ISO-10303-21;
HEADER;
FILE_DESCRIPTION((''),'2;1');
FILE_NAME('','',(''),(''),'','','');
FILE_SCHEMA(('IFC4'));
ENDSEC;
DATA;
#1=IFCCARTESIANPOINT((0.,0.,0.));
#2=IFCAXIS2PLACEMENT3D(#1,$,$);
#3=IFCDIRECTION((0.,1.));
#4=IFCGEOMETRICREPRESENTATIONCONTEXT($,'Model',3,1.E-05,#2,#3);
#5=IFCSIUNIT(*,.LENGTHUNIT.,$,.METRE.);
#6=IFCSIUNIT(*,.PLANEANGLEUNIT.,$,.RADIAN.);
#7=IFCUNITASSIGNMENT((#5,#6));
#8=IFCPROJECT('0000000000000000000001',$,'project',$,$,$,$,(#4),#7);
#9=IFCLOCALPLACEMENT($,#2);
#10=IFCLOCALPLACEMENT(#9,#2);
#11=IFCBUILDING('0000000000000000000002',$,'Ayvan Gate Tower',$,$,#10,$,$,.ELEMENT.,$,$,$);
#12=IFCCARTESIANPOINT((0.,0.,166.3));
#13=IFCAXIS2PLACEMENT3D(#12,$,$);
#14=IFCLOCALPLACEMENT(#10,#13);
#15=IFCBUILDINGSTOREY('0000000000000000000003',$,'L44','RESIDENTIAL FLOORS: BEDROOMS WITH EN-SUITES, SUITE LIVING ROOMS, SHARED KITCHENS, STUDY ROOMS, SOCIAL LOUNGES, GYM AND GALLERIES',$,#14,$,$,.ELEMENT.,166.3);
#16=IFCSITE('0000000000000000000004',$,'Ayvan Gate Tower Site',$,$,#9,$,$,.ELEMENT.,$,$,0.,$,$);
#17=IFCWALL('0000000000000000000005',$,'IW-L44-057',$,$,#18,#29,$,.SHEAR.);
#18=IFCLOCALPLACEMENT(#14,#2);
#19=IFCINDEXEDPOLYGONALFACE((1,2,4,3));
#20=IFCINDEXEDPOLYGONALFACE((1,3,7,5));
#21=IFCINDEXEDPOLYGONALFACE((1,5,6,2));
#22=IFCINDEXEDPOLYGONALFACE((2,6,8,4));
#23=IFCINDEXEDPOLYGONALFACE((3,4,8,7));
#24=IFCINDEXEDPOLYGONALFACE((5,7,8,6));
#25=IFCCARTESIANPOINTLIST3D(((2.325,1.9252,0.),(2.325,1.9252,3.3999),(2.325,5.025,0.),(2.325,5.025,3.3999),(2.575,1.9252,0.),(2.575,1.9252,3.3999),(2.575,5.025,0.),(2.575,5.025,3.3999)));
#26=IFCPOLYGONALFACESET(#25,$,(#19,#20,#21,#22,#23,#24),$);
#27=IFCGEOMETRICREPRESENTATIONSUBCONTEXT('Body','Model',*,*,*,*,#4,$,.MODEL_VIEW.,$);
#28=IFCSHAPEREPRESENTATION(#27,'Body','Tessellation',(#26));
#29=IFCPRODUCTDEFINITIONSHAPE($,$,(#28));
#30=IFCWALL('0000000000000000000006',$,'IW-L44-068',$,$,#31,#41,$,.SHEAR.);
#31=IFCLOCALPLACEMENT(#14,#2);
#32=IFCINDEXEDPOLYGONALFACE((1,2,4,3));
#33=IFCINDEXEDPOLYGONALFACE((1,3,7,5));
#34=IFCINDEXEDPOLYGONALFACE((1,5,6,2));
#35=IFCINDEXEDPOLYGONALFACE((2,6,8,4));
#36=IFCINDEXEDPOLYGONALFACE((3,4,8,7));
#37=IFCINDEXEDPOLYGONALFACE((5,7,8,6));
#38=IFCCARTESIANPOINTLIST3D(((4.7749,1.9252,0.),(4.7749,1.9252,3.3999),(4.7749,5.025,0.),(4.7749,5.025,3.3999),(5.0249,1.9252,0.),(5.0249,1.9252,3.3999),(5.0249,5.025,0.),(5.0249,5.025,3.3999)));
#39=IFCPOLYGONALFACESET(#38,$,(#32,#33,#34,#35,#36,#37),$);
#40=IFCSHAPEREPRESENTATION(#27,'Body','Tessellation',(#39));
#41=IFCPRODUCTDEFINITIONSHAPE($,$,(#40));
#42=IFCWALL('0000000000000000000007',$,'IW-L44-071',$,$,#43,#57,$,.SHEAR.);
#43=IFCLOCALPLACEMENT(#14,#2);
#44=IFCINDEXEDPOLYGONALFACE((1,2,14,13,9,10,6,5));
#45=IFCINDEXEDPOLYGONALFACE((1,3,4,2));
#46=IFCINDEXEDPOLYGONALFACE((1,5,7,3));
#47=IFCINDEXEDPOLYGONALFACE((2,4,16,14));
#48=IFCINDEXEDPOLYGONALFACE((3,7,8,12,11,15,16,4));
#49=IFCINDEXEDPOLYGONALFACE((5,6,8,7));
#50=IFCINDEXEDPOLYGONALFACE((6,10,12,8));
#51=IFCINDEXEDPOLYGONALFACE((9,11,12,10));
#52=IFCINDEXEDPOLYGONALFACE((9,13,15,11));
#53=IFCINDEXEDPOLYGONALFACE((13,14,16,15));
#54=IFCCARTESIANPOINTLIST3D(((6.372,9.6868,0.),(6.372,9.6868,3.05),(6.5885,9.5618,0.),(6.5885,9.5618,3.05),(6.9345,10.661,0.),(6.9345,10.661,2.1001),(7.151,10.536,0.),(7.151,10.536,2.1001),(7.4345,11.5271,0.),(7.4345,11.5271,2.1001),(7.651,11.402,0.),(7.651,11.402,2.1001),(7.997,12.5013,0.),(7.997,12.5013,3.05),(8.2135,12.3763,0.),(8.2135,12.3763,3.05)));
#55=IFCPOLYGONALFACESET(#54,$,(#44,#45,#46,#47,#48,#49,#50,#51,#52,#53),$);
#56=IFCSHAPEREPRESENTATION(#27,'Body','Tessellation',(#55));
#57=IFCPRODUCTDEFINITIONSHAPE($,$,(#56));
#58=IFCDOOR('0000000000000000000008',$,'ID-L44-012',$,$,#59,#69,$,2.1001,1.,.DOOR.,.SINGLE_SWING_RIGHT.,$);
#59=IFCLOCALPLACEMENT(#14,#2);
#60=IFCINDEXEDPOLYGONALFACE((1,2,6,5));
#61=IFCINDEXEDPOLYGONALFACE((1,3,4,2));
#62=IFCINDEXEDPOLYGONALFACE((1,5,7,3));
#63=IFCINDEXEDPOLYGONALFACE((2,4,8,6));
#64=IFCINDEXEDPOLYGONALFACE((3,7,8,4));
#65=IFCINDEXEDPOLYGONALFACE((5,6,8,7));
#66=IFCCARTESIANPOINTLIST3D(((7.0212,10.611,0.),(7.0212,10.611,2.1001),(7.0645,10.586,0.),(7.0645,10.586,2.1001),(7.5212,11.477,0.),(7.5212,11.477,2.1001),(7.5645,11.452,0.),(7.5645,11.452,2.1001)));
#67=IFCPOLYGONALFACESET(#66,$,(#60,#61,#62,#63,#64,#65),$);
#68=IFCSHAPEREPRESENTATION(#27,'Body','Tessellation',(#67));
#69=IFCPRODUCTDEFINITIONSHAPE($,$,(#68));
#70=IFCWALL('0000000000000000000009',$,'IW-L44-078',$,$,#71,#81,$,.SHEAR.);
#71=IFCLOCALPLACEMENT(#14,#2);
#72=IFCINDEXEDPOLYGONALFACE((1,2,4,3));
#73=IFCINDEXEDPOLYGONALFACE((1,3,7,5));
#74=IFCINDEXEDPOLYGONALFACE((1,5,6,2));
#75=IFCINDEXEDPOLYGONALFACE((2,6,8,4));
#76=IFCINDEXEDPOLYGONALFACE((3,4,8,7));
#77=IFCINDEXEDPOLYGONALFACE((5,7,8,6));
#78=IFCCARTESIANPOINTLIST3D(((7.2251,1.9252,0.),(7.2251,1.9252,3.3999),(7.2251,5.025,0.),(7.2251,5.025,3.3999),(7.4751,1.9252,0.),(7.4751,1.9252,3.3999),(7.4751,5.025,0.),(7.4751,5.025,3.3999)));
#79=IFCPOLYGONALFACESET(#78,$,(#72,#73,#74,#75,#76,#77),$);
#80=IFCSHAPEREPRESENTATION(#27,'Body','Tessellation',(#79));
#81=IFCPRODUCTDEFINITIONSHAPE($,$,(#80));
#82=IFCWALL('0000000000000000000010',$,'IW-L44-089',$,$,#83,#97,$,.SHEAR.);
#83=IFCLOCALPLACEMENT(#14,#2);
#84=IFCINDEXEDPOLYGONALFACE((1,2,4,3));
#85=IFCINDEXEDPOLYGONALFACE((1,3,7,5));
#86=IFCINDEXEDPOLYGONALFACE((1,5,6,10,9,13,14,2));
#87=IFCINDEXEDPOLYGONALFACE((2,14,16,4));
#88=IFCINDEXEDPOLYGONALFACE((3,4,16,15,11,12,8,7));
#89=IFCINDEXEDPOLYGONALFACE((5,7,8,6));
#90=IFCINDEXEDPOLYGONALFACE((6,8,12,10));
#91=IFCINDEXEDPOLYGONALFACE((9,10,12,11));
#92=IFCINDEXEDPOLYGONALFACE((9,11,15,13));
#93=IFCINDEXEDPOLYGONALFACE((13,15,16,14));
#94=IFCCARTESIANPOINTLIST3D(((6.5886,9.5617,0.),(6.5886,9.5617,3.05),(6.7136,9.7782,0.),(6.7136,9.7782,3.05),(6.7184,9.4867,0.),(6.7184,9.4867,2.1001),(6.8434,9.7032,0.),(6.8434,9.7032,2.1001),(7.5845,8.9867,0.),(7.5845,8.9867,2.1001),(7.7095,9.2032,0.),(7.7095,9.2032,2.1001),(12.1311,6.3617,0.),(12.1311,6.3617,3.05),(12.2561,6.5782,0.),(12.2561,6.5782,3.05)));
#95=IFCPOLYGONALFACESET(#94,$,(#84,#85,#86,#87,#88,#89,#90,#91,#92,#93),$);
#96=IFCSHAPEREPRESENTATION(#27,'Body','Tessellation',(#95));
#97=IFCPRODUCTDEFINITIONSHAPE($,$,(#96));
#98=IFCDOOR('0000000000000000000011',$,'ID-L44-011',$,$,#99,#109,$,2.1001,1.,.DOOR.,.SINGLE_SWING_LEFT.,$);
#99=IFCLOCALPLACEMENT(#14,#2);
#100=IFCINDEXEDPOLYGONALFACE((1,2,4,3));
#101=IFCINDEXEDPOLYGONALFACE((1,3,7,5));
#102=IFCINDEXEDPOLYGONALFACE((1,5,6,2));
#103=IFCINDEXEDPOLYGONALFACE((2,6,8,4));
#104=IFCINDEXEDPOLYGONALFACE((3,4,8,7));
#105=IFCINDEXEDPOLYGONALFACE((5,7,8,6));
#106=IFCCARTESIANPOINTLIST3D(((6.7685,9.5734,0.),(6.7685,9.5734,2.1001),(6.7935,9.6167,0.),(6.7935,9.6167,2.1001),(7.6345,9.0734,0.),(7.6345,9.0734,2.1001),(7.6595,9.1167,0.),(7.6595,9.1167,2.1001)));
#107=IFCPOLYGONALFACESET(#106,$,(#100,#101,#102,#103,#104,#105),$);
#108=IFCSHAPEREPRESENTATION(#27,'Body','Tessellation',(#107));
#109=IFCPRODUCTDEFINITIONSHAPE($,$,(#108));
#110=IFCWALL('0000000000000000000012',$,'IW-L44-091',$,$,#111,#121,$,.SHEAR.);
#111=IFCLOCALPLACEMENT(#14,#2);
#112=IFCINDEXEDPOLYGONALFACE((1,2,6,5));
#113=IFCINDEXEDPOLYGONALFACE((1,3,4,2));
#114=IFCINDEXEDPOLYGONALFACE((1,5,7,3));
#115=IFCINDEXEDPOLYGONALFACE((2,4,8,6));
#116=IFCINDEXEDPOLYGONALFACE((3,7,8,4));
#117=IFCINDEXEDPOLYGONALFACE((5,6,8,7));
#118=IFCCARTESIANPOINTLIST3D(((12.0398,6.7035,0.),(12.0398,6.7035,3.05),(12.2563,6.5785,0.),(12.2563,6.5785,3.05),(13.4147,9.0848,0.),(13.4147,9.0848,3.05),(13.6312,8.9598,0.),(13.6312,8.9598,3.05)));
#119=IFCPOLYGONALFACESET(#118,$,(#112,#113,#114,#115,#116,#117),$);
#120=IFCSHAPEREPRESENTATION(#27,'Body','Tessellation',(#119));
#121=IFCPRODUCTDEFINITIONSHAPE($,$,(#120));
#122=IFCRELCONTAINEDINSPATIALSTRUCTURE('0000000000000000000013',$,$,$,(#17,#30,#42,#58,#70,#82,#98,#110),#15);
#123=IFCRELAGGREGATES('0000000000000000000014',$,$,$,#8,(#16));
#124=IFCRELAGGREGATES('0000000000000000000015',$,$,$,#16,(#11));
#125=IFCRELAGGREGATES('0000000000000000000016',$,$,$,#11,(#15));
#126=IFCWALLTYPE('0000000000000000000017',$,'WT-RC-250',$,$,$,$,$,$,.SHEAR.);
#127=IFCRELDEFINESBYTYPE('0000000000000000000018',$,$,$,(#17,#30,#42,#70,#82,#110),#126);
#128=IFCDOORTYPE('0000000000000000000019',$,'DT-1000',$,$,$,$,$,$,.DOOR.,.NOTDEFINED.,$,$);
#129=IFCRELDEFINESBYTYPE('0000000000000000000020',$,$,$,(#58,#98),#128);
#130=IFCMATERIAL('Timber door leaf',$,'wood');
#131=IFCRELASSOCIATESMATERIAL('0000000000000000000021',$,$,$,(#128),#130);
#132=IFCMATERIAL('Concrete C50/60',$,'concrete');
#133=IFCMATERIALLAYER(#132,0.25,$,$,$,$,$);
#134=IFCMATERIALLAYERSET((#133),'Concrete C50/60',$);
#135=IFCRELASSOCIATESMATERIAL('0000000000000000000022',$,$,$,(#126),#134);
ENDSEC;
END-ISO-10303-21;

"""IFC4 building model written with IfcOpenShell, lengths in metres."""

from ifc_helpers import new_model, si_unit, direction, frame, frame_2d, origin, place, context, subcontext, project, spatial, rectangle, extrude, material, layer, layer_set, type_object, element, fill, save


model = new_model("IFC4")

# Units and contexts
model_context = context("Model", 3, precision=1e-05, world=origin(), true_north=direction((0.0, 1.0)))
body_context = subcontext(model_context, "Body", "Model", "MODEL_VIEW")
ifc_project = project(units=[si_unit("LENGTHUNIT", "METRE"), si_unit("PLANEANGLEUNIT", "RADIAN")], contexts=[model_context])

# Site, building, storey
site_placement = place(None, origin())
site = spatial("IfcSite", under=ifc_project, at=site_placement, Name="Ayvan Gate Tower Site", CompositionType="ELEMENT", RefElevation=0.0)
building_placement = place(site_placement, origin())
building = spatial("IfcBuilding", under=site, at=building_placement, Name="Ayvan Gate Tower", CompositionType="ELEMENT")
storey_placement = place(building_placement, frame((0.0, 0.0, 166.3)))
storey = spatial("IfcBuildingStorey", under=building, at=storey_placement, Name="L44", Description="RESIDENTIAL FLOORS: BEDROOMS WITH EN-SUITES, SUITE LIVING ROOMS, SHARED KITCHENS, STUDY ROOMS, SOCIAL LOUNGES, GYM AND GALLERIES", CompositionType="ELEMENT", Elevation=166.3)

# Shared definitions
ifc_material_1 = material(Name="Timber door leaf", Category="wood")

# Shared definitions
door_type_1 = type_object("IfcDoorType", Name="DT-1000", OperationType="NOTDEFINED", PredefinedType="DOOR", material=ifc_material_1)

# Walls
ifc_material_2 = material(Name="Concrete C50/60", Category="concrete")
ifc_layer_1 = layer(ifc_material_2, 0.25)
ifc_layer_set_1 = layer_set([ifc_layer_1], Name="Concrete C50/60")
wall_type_1 = type_object("IfcWallType", Name="WT-RC-250", PredefinedType="SHEAR", material=ifc_layer_set_1)
for number, where, z_axis, x_axis, name in (
    (1, (2.45, 5.0249, 0.0), (0.0, 0.0, 1.0), (0.0, -1.0, 0.0), "IW-L44-057"),
    (2, (4.8999, 5.0249, 0.0), (0.0, 0.0, 1.0), (0.0, -1.0, 0.0), "IW-L44-068"),
):
    element("IfcWall", number, at=place(storey_placement, frame(where, z_axis=z_axis, x_axis=x_axis)), inside=storey, type_object=wall_type_1, Name=name, PredefinedType="SHEAR", context=body_context, shape_type="SweptSolid", body=[
        extrude(rectangle(XDim=3.0999, YDim=0.25, at=frame_2d((1.5498, 0.0))), origin(), (0.0, 0.0, 1.0), 3.3999),
    ])

# Wall, opening, door
wall_1_placement = place(storey_placement, frame((6.4802, 9.6243, 0.0), z_axis=(0.0, 0.0, 1.0), x_axis=(0.500017, 0.866015, 0.0)))
wall_1 = element("IfcWall", 3, at=wall_1_placement, inside=storey, type_object=wall_type_1, Name="IW-L44-071", PredefinedType="SHEAR", context=body_context, shape_type="SweptSolid", body=[
    extrude(rectangle(XDim=3.25, YDim=0.25, at=frame_2d((1.625, 0.0))), origin(), (0.0, 0.0, 1.0), 3.05),
])
opening_1_placement = place(wall_1_placement, frame((1.125, 0.0, 0.0)))
opening_1 = element("IfcOpeningElement", 4, at=opening_1_placement, cuts=wall_1, PredefinedType="OPENING", context=body_context, shape_type="SweptSolid", body=[
    extrude(rectangle(XDim=1.0, YDim=2.1001, at=frame_2d((0.5, 1.05))), frame((0.0, 0.135, 0.0), z_axis=(0.0, -1.0, 0.0), x_axis=(1.0, 0.0, 0.0)), (0.0, 0.0, 1.0), 0.27),
])
door_1_placement = place(opening_1_placement, origin())
door_1 = element("IfcDoor", 5, at=door_1_placement, inside=storey, type_object=door_type_1, Name="ID-L44-012", OperationType="SINGLE_SWING_RIGHT", OverallHeight=2.1001, OverallWidth=1.0, PredefinedType="DOOR", context=body_context, shape_type="SweptSolid", body=[
    extrude(rectangle(XDim=1.0, YDim=2.1001, at=frame_2d((0.5, 1.05))), frame((0.0, 0.0249, 0.0), z_axis=(0.0, -1.0, 0.0), x_axis=(1.0, 0.0, 0.0)), (0.0, 0.0, 1.0), 0.05),
])
fill(opening_1, door_1)

# Wall
wall_2_placement = place(storey_placement, frame((7.3501, 5.0249, 0.0), z_axis=(0.0, 0.0, 1.0), x_axis=(0.0, -1.0, 0.0)))
element("IfcWall", 6, at=wall_2_placement, inside=storey, type_object=wall_type_1, Name="IW-L44-078", PredefinedType="SHEAR", context=body_context, shape_type="SweptSolid", body=[
    extrude(rectangle(XDim=3.0999, YDim=0.25, at=frame_2d((1.5498, 0.0))), origin(), (0.0, 0.0, 1.0), 3.3999),
])

# Wall, opening, door
wall_3_placement = place(storey_placement, frame((12.1936, 6.47, 0.0), z_axis=(0.0, 0.0, 1.0), x_axis=(-0.866025, 0.5, 0.0)))
wall_3 = element("IfcWall", 7, at=wall_3_placement, inside=storey, type_object=wall_type_1, Name="IW-L44-089", PredefinedType="SHEAR", context=body_context, shape_type="SweptSolid", body=[
    extrude(rectangle(XDim=6.3999, YDim=0.25, at=frame_2d((3.2, 0.0))), origin(), (0.0, 0.0, 1.0), 3.05),
])
opening_2_placement = place(wall_3_placement, frame((5.25, 0.0, 0.0)))
opening_2 = element("IfcOpeningElement", 8, at=opening_2_placement, cuts=wall_3, PredefinedType="OPENING", context=body_context, shape_type="SweptSolid", body=[
    extrude(rectangle(XDim=1.0, YDim=2.1001, at=frame_2d((0.5, 1.05))), frame((0.0, 0.135, 0.0), z_axis=(0.0, -1.0, 0.0), x_axis=(1.0, 0.0, 0.0)), (0.0, 0.0, 1.0), 0.27),
])
door_2_placement = place(opening_2_placement, origin())
door_2 = element("IfcDoor", 9, at=door_2_placement, inside=storey, type_object=door_type_1, Name="ID-L44-011", OperationType="SINGLE_SWING_LEFT", OverallHeight=2.1001, OverallWidth=1.0, PredefinedType="DOOR", context=body_context, shape_type="SweptSolid", body=[
    extrude(rectangle(XDim=1.0, YDim=2.1001, at=frame_2d((0.5, 1.05))), frame((0.0, 0.0249, 0.0), z_axis=(0.0, -1.0, 0.0), x_axis=(1.0, 0.0, 0.0)), (0.0, 0.0, 1.0), 0.05),
])
fill(opening_2, door_2)

# Wall
wall_4_placement = place(storey_placement, frame((12.1479, 6.6409, 0.0), z_axis=(0.0, 0.0, 1.0), x_axis=(0.500035, 0.866005, 0.0)))
element("IfcWall", 10, at=wall_4_placement, inside=storey, type_object=wall_type_1, Name="IW-L44-091", PredefinedType="SHEAR", context=body_context, shape_type="SweptSolid", body=[
    extrude(rectangle(XDim=2.7498, YDim=0.25, at=frame_2d((1.375, 0.0))), origin(), (0.0, 0.0, 1.0), 3.05),
])

save(model, "model.ifc")
